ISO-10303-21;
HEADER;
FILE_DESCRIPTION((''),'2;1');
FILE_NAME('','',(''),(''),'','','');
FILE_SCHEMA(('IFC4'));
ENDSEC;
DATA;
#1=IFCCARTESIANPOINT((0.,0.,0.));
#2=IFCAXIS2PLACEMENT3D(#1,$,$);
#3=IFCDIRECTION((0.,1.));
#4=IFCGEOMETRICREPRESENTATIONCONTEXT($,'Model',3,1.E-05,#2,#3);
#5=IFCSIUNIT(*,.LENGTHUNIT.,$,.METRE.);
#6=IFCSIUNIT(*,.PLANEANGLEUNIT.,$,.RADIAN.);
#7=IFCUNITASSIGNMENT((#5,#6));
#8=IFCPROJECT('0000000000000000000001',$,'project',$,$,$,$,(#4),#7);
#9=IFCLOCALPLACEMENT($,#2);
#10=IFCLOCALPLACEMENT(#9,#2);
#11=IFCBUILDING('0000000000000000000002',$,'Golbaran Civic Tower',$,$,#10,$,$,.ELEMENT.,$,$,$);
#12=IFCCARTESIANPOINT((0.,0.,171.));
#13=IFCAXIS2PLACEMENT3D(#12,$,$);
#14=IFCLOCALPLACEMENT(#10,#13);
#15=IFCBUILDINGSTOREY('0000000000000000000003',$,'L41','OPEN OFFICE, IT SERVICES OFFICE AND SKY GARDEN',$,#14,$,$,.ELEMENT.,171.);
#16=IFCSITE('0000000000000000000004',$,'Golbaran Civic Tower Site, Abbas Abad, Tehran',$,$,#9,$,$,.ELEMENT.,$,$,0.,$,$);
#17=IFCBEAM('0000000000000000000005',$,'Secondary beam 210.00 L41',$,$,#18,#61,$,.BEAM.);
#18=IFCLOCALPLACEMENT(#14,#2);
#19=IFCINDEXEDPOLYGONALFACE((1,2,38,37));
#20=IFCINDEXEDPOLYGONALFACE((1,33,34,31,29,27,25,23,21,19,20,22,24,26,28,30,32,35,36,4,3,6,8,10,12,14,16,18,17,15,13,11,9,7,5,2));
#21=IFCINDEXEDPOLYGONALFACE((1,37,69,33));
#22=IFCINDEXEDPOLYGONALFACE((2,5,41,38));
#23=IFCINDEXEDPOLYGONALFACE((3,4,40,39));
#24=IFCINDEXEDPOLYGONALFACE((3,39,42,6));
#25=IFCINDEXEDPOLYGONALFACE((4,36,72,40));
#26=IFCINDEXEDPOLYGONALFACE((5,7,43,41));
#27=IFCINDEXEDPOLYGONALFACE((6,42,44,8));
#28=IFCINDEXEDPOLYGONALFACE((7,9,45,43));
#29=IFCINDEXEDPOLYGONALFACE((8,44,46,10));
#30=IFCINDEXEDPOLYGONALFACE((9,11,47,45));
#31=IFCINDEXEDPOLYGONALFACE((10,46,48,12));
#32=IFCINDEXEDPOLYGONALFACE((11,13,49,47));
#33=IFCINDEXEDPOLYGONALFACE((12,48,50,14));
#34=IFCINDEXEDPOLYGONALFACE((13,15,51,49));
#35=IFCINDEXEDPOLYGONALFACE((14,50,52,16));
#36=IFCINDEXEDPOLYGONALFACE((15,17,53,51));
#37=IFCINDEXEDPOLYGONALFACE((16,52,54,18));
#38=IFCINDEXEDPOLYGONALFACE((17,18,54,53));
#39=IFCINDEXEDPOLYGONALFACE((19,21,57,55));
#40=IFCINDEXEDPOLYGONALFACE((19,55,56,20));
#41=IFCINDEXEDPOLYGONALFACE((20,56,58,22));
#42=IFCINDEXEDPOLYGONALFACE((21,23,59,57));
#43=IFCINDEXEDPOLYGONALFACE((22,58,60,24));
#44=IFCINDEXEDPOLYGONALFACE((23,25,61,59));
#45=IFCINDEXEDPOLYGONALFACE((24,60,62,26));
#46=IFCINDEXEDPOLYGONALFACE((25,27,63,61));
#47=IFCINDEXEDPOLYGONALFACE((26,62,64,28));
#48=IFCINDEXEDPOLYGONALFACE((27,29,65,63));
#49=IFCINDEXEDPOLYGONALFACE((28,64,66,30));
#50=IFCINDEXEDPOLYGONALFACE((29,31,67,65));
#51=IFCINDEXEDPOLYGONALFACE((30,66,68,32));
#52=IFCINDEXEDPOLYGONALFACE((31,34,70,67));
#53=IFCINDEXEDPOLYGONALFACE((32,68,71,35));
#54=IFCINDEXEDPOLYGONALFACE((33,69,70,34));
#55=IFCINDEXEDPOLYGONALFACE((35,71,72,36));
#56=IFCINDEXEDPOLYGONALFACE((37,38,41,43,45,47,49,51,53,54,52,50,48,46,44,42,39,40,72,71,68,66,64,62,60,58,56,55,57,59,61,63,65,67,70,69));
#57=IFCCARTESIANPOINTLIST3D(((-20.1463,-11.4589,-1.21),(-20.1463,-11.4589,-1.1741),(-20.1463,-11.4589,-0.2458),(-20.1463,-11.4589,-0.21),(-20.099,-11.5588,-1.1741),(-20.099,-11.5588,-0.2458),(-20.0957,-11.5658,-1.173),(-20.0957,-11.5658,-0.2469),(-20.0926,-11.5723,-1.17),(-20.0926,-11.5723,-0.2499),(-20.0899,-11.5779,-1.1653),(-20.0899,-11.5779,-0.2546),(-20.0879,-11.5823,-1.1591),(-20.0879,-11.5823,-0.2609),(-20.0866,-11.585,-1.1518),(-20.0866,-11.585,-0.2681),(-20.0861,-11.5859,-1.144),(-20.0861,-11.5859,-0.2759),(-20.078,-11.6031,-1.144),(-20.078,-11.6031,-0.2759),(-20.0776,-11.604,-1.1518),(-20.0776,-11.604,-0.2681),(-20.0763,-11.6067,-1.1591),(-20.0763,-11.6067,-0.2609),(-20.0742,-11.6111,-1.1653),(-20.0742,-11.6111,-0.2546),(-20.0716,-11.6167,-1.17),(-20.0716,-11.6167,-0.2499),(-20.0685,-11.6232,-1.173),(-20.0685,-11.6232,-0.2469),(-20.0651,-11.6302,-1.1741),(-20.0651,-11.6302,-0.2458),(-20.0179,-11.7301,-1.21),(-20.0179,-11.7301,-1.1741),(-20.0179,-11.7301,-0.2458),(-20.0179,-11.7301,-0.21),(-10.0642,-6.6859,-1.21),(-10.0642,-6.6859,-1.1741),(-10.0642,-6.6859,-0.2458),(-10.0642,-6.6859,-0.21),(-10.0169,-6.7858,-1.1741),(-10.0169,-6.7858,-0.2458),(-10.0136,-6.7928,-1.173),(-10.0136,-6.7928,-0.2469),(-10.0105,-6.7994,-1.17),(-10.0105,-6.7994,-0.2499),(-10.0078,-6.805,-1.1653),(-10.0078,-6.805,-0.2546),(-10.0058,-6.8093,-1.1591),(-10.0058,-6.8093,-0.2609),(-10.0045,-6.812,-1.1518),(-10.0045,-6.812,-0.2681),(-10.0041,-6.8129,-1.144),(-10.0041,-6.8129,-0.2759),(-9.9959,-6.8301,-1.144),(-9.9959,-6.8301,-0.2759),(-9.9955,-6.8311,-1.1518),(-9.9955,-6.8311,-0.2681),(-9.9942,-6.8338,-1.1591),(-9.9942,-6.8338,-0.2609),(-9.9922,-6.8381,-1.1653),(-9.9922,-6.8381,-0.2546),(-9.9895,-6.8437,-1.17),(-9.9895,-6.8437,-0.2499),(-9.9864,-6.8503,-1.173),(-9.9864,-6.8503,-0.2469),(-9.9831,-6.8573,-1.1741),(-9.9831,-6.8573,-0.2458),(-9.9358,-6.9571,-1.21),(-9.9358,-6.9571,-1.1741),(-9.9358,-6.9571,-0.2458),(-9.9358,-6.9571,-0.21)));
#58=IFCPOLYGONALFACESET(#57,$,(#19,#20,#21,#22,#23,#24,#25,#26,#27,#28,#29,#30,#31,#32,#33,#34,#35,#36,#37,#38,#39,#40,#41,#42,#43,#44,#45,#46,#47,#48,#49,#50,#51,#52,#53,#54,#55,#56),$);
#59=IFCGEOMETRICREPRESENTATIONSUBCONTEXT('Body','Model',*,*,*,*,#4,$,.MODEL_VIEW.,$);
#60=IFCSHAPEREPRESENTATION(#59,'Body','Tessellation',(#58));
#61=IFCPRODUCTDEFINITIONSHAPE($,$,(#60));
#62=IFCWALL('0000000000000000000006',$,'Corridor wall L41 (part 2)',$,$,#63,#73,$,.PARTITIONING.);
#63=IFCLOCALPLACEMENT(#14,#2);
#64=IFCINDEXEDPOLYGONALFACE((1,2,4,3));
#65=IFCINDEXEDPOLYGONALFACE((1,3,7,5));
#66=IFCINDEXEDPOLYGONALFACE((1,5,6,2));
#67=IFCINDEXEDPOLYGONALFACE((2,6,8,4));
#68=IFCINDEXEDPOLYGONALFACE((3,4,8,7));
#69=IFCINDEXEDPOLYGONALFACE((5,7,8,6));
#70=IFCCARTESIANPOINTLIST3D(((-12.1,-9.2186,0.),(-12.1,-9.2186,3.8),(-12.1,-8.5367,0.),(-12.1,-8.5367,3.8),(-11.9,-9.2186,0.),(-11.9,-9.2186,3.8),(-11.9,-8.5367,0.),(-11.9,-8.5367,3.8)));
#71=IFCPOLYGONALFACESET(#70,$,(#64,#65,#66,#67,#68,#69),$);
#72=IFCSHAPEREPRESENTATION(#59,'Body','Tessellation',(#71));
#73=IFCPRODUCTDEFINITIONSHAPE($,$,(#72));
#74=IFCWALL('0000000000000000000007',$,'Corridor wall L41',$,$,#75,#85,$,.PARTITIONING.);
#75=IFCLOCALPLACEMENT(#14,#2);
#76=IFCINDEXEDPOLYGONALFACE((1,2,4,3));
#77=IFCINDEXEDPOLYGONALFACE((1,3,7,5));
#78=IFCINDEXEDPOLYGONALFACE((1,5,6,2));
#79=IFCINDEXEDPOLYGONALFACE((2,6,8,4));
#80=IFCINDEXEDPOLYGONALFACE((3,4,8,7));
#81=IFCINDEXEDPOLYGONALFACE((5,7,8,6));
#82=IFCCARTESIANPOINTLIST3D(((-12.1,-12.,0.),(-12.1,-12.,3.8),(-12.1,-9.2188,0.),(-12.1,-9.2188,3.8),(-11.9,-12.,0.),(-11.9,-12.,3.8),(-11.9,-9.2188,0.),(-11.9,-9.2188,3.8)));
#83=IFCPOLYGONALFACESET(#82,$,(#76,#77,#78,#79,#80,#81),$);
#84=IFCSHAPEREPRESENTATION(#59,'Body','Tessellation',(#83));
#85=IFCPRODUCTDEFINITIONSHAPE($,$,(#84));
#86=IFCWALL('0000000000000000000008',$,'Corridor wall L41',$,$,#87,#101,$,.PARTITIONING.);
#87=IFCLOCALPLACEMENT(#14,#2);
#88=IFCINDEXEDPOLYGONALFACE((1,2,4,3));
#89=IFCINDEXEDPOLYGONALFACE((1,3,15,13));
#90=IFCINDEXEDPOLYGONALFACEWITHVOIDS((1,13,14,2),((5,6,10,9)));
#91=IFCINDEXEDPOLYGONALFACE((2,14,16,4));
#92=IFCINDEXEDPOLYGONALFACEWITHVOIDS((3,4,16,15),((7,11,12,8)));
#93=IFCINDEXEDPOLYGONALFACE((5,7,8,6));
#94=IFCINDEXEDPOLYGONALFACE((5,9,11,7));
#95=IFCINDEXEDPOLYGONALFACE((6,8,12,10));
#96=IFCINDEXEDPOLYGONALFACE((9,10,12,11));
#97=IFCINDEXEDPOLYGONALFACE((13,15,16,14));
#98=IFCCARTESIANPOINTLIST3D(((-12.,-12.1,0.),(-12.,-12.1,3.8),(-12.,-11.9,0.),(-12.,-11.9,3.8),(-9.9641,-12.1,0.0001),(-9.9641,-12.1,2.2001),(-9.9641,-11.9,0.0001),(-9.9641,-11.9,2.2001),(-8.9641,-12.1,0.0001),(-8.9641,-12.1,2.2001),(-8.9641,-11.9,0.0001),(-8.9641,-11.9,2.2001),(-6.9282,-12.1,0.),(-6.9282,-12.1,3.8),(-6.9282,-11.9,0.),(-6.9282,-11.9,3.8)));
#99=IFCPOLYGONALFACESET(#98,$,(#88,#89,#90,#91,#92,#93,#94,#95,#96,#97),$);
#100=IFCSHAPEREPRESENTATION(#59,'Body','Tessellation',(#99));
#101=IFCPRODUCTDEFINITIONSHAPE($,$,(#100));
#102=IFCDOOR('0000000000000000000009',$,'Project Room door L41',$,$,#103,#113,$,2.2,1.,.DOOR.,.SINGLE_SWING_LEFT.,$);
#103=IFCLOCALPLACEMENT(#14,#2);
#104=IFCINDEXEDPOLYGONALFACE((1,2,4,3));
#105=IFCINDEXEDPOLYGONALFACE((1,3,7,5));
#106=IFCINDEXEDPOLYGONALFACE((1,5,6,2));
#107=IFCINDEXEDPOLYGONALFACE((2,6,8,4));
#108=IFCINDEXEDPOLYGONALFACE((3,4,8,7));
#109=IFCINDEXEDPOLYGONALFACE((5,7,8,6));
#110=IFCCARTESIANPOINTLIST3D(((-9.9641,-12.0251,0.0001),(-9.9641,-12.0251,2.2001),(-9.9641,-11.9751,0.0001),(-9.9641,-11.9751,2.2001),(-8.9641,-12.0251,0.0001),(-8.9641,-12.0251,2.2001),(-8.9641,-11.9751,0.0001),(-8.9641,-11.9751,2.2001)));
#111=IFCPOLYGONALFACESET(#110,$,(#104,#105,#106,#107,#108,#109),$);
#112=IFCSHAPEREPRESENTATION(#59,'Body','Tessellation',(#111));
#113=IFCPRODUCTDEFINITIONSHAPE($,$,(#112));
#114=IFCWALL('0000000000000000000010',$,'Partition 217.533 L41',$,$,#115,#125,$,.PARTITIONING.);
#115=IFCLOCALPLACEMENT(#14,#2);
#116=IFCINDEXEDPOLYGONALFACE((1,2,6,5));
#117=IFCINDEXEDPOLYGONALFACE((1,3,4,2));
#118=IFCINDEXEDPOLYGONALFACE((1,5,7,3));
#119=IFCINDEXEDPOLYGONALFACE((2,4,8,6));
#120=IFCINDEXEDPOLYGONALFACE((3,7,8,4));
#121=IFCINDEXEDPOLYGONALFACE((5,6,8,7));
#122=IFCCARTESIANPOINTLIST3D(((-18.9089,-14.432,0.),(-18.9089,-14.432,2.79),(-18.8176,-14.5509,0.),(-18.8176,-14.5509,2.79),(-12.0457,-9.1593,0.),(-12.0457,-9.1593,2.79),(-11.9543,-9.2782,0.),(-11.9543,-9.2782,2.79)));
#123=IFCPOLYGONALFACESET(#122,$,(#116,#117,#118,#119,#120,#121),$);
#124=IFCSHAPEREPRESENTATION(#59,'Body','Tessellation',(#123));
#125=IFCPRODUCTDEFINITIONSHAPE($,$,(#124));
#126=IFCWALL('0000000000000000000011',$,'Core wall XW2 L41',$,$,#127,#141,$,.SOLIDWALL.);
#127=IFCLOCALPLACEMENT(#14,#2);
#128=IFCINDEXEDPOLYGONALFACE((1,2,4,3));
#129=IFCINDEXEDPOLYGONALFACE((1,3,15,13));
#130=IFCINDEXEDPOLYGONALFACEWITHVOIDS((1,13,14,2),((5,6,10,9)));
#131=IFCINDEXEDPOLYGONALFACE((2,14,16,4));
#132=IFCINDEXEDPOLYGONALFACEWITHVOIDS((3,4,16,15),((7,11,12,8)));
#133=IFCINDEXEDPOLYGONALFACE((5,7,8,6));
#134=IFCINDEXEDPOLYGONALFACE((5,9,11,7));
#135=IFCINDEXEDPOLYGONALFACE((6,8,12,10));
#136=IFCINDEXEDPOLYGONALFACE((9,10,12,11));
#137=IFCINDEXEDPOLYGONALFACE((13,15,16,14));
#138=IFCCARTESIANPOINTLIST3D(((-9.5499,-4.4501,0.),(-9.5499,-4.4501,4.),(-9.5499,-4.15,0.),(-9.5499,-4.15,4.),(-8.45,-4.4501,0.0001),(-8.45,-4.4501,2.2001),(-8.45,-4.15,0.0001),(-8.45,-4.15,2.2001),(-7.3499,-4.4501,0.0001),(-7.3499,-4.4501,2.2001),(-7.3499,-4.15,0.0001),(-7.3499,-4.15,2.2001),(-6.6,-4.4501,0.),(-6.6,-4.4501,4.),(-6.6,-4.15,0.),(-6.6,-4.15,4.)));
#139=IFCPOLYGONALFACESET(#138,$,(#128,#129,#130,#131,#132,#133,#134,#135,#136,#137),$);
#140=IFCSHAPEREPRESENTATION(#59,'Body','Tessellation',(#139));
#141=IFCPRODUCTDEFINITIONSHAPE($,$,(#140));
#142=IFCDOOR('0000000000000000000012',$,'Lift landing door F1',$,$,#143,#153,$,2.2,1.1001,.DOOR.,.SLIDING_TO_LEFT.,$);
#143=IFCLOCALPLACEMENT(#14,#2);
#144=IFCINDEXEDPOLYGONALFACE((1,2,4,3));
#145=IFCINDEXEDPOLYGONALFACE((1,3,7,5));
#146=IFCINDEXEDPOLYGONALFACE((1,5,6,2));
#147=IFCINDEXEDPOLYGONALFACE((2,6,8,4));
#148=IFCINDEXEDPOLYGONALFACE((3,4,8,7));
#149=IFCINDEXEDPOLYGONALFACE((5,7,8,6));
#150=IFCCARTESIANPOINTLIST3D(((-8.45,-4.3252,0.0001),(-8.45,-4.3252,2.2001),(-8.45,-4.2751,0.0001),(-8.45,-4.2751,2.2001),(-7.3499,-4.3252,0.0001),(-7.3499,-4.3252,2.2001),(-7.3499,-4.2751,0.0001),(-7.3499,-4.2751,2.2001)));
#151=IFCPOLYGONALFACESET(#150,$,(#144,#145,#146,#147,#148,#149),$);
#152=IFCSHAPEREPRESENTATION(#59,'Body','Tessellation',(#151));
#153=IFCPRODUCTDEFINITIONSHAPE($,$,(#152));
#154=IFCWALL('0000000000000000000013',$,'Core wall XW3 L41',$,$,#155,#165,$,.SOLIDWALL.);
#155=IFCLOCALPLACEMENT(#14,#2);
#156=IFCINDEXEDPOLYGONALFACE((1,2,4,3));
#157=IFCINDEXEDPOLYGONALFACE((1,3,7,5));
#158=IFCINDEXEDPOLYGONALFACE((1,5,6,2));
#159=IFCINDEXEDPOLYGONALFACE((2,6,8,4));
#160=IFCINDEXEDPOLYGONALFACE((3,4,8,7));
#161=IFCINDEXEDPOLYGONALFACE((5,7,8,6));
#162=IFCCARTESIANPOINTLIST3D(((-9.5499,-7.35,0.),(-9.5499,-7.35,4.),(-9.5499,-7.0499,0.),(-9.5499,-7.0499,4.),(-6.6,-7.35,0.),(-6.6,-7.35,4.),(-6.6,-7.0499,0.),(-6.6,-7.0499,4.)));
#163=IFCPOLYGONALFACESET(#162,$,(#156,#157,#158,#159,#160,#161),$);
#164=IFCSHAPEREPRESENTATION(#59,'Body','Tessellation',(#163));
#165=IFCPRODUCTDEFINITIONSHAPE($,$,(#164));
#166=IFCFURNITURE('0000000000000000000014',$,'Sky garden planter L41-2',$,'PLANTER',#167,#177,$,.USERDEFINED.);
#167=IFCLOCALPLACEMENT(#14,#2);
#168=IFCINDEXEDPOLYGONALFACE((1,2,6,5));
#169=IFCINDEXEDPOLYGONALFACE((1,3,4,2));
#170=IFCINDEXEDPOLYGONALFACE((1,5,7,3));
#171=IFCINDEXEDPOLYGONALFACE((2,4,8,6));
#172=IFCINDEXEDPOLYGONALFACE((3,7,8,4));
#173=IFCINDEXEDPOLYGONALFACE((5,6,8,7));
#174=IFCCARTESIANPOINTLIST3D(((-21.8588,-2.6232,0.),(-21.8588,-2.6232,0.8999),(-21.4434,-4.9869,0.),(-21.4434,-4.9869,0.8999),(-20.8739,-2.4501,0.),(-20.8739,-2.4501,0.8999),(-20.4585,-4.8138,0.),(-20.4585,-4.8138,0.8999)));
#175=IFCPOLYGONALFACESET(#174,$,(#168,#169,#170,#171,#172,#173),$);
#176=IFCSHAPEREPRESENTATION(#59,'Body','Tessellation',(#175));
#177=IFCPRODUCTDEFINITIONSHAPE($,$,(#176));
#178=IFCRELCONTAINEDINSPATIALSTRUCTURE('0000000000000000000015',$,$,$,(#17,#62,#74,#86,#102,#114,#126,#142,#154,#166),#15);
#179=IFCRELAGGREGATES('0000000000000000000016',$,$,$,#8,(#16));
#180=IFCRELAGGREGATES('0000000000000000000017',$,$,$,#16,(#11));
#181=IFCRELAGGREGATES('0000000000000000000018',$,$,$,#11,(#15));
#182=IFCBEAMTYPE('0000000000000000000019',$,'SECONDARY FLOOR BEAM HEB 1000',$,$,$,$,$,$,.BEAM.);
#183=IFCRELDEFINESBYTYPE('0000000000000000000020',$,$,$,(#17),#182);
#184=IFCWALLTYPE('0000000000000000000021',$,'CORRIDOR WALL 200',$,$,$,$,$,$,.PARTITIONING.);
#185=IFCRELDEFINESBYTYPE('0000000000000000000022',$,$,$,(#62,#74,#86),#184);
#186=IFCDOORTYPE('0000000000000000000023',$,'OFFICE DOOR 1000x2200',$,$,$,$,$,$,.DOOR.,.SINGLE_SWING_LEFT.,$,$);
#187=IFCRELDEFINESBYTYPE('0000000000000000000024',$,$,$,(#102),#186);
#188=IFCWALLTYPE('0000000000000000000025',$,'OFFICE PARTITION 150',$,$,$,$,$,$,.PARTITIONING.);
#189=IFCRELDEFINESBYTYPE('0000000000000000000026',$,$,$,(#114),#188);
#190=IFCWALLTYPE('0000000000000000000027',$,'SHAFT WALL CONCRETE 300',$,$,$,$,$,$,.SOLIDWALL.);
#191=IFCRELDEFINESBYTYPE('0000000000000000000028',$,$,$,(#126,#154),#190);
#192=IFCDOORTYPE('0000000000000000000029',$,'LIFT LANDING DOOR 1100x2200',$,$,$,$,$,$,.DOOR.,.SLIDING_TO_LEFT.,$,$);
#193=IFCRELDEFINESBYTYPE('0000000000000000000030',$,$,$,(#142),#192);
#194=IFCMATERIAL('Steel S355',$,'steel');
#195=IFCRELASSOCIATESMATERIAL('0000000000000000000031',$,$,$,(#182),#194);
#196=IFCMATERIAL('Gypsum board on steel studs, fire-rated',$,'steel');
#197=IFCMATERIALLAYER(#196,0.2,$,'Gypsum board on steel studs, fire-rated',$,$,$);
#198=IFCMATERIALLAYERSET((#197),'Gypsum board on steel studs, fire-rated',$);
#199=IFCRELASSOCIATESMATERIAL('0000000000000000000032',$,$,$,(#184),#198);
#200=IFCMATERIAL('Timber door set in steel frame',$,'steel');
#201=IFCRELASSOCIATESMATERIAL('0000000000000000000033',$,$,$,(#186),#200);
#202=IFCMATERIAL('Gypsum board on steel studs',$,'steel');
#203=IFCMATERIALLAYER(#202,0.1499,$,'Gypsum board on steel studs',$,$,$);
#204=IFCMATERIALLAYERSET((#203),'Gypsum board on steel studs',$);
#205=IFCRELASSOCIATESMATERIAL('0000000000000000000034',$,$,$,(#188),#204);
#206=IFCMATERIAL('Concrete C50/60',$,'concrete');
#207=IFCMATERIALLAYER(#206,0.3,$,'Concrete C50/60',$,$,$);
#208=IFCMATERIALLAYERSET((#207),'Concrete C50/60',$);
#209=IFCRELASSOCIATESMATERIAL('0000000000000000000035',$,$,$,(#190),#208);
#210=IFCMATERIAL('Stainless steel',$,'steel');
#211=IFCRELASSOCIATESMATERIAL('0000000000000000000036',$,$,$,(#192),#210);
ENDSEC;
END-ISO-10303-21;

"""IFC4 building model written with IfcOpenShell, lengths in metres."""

from ifc_helpers import new_model, si_unit, direction, frame, frame_2d, origin, origin_2d, place, context, subcontext, project, spatial, rectangle, i_section, extrude, material, layer, layer_set, material_profile, profile_set, type_object, element, fill, save


model = new_model("IFC4")

# Units and contexts
model_context = context("Model", 3, precision=1e-05, world=origin(), true_north=direction((0.0, 1.0)))
body_context = subcontext(model_context, "Body", "Model", "MODEL_VIEW")
ifc_project = project(units=[si_unit("LENGTHUNIT", "METRE"), si_unit("PLANEANGLEUNIT", "RADIAN")], contexts=[model_context])

# Site, building, storey
site_placement = place(None, origin())
site = spatial("IfcSite", under=ifc_project, at=site_placement, Name="Golbaran Civic Tower Site, Abbas Abad, Tehran", CompositionType="ELEMENT", RefElevation=0.0)
building_placement = place(site_placement, origin())
building = spatial("IfcBuilding", under=site, at=building_placement, Name="Golbaran Civic Tower", CompositionType="ELEMENT")
storey_placement = place(building_placement, frame((0.0, 0.0, 171.0)))
storey = spatial("IfcBuildingStorey", under=building, at=storey_placement, Name="L41", Description="OPEN OFFICE, IT SERVICES OFFICE AND SKY GARDEN", CompositionType="ELEMENT", Elevation=171.0)

# Beam
ifc_material_1 = material(Name="Steel S355", Category="steel")
ifc_material_profile_1 = material_profile(ifc_material_1, i_section(OverallWidth=0.3, OverallDepth=1.0, WebThickness=0.019, FlangeThickness=0.0359, FilletRadius=0.03, at=origin_2d()), Name="HEB 1000")
ifc_profile_set_1 = profile_set([ifc_material_profile_1], Name="Steel S355")
beam_type_1 = type_object("IfcBeamType", Name="SECONDARY FLOOR BEAM HEB 1000", PredefinedType="BEAM", material=ifc_profile_set_1)
beam_1_placement = place(storey_placement, frame((-10.0, -6.8215, -0.71), z_axis=(-0.903833, -0.427885, 0.0), x_axis=(0.427885, -0.903833, 0.0)))
element("IfcBeam", 1, at=beam_1_placement, inside=storey, type_object=beam_type_1, Name="Secondary beam 210.00 L41", PredefinedType="BEAM", context=body_context, shape_type="SweptSolid", body=[
    extrude(i_section(OverallWidth=0.3, OverallDepth=1.0, WebThickness=0.019, FlangeThickness=0.0359, FilletRadius=0.03, at=origin_2d()), origin(), (0.0, 0.0, 1.0), 11.1548),
])

# Walls
ifc_material_2 = material(Name="Gypsum board on steel studs, fire-rated", Category="steel")
ifc_layer_1 = layer(ifc_material_2, 0.2, Name="Gypsum board on steel studs, fire-rated")
ifc_layer_set_1 = layer_set([ifc_layer_1], Name="Gypsum board on steel studs, fire-rated")
wall_type_1 = type_object("IfcWallType", Name="CORRIDOR WALL 200", PredefinedType="PARTITIONING", material=ifc_layer_set_1)
wall_1_placement = place(storey_placement, frame((-12.0, -8.5369, 0.0), z_axis=(0.0, 0.0, 1.0), x_axis=(0.0, -1.0, 0.0)))
element("IfcWall", 2, at=wall_1_placement, inside=storey, type_object=wall_type_1, Name="Corridor wall L41 (part 2)", PredefinedType="PARTITIONING", context=body_context, shape_type="SweptSolid", body=[
    extrude(rectangle(XDim=0.6819, YDim=0.2, at=frame_2d((0.3408, 0.0))), origin(), (0.0, 0.0, 1.0), 3.8),
])
wall_2_placement = place(storey_placement, frame((-12.0, -9.2188, 0.0), z_axis=(0.0, 0.0, 1.0), x_axis=(0.0, -1.0, 0.0)))
element("IfcWall", 3, at=wall_2_placement, inside=storey, type_object=wall_type_1, Name="Corridor wall L41", PredefinedType="PARTITIONING", context=body_context, shape_type="SweptSolid", body=[
    extrude(rectangle(XDim=2.7812, YDim=0.2, at=frame_2d((1.3906, 0.0))), origin(), (0.0, 0.0, 1.0), 3.8),
])

# Wall, opening, door
wall_3_placement = place(storey_placement, frame((-12.0, -12.0, 0.0), z_axis=(0.0, 0.0, 1.0), x_axis=(1.0, 0.0, 0.0)))
wall_3 = element("IfcWall", 4, at=wall_3_placement, inside=storey, type_object=wall_type_1, Name="Corridor wall L41", PredefinedType="PARTITIONING", context=body_context, shape_type="SweptSolid", body=[
    extrude(rectangle(XDim=5.0718, YDim=0.2, at=frame_2d((2.5359, 0.0))), origin(), (0.0, 0.0, 1.0), 3.8),
])
opening_1_placement = place(wall_3_placement, frame((2.0359, 0.0, 0.0)))
opening_1 = element("IfcOpeningElement", 5, at=opening_1_placement, cuts=wall_3, PredefinedType="OPENING", context=body_context, shape_type="SweptSolid", body=[
    extrude(rectangle(XDim=1.0, YDim=2.2, at=frame_2d((0.5, 1.1001))), frame((0.0, 0.1099, 0.0), z_axis=(0.0, -1.0, 0.0), x_axis=(1.0, 0.0, 0.0)), (0.0, 0.0, 1.0), 0.22),
])
ifc_material_3 = material(Name="Timber door set in steel frame", Category="steel")
door_type_1 = type_object("IfcDoorType", Name="OFFICE DOOR 1000x2200", OperationType="SINGLE_SWING_LEFT", PredefinedType="DOOR", material=ifc_material_3)
door_1_placement = place(opening_1_placement, origin())
door_1 = element("IfcDoor", 6, at=door_1_placement, inside=storey, type_object=door_type_1, Name="Project Room door L41", OperationType="SINGLE_SWING_LEFT", OverallHeight=2.2, OverallWidth=1.0, PredefinedType="DOOR", context=body_context, shape_type="SweptSolid", body=[
    extrude(rectangle(XDim=1.0, YDim=2.2, at=frame_2d((0.5, 1.1001))), frame((0.0, 0.0249, 0.0), z_axis=(0.0, -1.0, 0.0), x_axis=(1.0, 0.0, 0.0)), (0.0, 0.0, 1.0), 0.05),
])
fill(opening_1, door_1)

# Wall
ifc_material_4 = material(Name="Gypsum board on steel studs", Category="steel")
ifc_layer_2 = layer(ifc_material_4, 0.1499, Name="Gypsum board on steel studs")
ifc_layer_set_2 = layer_set([ifc_layer_2], Name="Gypsum board on steel studs")
wall_type_2 = type_object("IfcWallType", Name="OFFICE PARTITION 150", PredefinedType="PARTITIONING", material=ifc_layer_set_2)
wall_4_placement = place(storey_placement, frame((-12.0, -9.2188, 0.0), z_axis=(0.0, 0.0, 1.0), x_axis=(-0.793, -0.609221, 0.0)))
element("IfcWall", 7, at=wall_4_placement, inside=storey, type_object=wall_type_2, Name="Partition 217.533 L41", PredefinedType="PARTITIONING", context=body_context, shape_type="SweptSolid", body=[
    extrude(rectangle(XDim=8.6548, YDim=0.1499, at=frame_2d((4.3274, 0.0))), origin(), (0.0, 0.0, 1.0), 2.79),
])

# Wall, opening, door
ifc_material_5 = material(Name="Concrete C50/60", Category="concrete")
ifc_layer_3 = layer(ifc_material_5, 0.3, Name="Concrete C50/60")
ifc_layer_set_3 = layer_set([ifc_layer_3], Name="Concrete C50/60")
wall_type_3 = type_object("IfcWallType", Name="SHAFT WALL CONCRETE 300", PredefinedType="SOLIDWALL", material=ifc_layer_set_3)
wall_5_placement = place(storey_placement, frame((-9.55, -4.3, 0.0), z_axis=(0.0, 0.0, 1.0), x_axis=(1.0, 0.0, 0.0)))
wall_5 = element("IfcWall", 8, at=wall_5_placement, inside=storey, type_object=wall_type_3, Name="Core wall XW2 L41", PredefinedType="SOLIDWALL", context=body_context, shape_type="SweptSolid", body=[
    extrude(rectangle(XDim=2.95, YDim=0.3, at=frame_2d((1.4751, 0.0))), origin(), (0.0, 0.0, 1.0), 4.0),
])
opening_2_placement = place(wall_5_placement, frame((1.1001, 0.0, 0.0)))
opening_2 = element("IfcOpeningElement", 9, at=opening_2_placement, cuts=wall_5, PredefinedType="OPENING", context=body_context, shape_type="SweptSolid", body=[
    extrude(rectangle(XDim=1.1001, YDim=2.2, at=frame_2d((0.55, 1.1001))), frame((0.0, 0.1599, 0.0), z_axis=(0.0, -1.0, 0.0), x_axis=(1.0, 0.0, 0.0)), (0.0, 0.0, 1.0), 0.3201),
])
ifc_material_6 = material(Name="Stainless steel", Category="steel")
door_type_2 = type_object("IfcDoorType", Name="LIFT LANDING DOOR 1100x2200", OperationType="SLIDING_TO_LEFT", PredefinedType="DOOR", material=ifc_material_6)
door_2_placement = place(opening_2_placement, origin())
door_2 = element("IfcDoor", 10, at=door_2_placement, inside=storey, type_object=door_type_2, Name="Lift landing door F1", OperationType="SLIDING_TO_LEFT", OverallHeight=2.2, OverallWidth=1.1001, PredefinedType="DOOR", context=body_context, shape_type="SweptSolid", body=[
    extrude(rectangle(XDim=1.1001, YDim=2.2, at=frame_2d((0.55, 1.1001))), frame((0.0, 0.0249, 0.0), z_axis=(0.0, -1.0, 0.0), x_axis=(1.0, 0.0, 0.0)), (0.0, 0.0, 1.0), 0.05),
])
fill(opening_2, door_2)

# Wall
wall_6_placement = place(storey_placement, frame((-9.55, -7.2, 0.0), z_axis=(0.0, 0.0, 1.0), x_axis=(1.0, 0.0, 0.0)))
element("IfcWall", 11, at=wall_6_placement, inside=storey, type_object=wall_type_3, Name="Core wall XW3 L41", PredefinedType="SOLIDWALL", context=body_context, shape_type="SweptSolid", body=[
    extrude(rectangle(XDim=2.95, YDim=0.3, at=frame_2d((1.4751, 0.0))), origin(), (0.0, 0.0, 1.0), 4.0),
])

# Furniture
for number, where, z_axis, x_axis, name in (
    (12, (-21.1587, -3.7185, 0.0), (0.0, 0.0, 1.0), (0.173087, -0.984907, 0.0), "Sky garden planter L41-2"),
):
    element("IfcFurniture", number, at=place(storey_placement, frame(where, z_axis=z_axis, x_axis=x_axis)), inside=storey, Name=name, ObjectType="PLANTER", PredefinedType="USERDEFINED", context=body_context, shape_type="SweptSolid", body=[
        extrude(rectangle(XDim=2.3999, YDim=1.0, at=origin_2d()), origin(), (0.0, 0.0, 1.0), 0.8999),
    ])

save(model, "model.ifc")
